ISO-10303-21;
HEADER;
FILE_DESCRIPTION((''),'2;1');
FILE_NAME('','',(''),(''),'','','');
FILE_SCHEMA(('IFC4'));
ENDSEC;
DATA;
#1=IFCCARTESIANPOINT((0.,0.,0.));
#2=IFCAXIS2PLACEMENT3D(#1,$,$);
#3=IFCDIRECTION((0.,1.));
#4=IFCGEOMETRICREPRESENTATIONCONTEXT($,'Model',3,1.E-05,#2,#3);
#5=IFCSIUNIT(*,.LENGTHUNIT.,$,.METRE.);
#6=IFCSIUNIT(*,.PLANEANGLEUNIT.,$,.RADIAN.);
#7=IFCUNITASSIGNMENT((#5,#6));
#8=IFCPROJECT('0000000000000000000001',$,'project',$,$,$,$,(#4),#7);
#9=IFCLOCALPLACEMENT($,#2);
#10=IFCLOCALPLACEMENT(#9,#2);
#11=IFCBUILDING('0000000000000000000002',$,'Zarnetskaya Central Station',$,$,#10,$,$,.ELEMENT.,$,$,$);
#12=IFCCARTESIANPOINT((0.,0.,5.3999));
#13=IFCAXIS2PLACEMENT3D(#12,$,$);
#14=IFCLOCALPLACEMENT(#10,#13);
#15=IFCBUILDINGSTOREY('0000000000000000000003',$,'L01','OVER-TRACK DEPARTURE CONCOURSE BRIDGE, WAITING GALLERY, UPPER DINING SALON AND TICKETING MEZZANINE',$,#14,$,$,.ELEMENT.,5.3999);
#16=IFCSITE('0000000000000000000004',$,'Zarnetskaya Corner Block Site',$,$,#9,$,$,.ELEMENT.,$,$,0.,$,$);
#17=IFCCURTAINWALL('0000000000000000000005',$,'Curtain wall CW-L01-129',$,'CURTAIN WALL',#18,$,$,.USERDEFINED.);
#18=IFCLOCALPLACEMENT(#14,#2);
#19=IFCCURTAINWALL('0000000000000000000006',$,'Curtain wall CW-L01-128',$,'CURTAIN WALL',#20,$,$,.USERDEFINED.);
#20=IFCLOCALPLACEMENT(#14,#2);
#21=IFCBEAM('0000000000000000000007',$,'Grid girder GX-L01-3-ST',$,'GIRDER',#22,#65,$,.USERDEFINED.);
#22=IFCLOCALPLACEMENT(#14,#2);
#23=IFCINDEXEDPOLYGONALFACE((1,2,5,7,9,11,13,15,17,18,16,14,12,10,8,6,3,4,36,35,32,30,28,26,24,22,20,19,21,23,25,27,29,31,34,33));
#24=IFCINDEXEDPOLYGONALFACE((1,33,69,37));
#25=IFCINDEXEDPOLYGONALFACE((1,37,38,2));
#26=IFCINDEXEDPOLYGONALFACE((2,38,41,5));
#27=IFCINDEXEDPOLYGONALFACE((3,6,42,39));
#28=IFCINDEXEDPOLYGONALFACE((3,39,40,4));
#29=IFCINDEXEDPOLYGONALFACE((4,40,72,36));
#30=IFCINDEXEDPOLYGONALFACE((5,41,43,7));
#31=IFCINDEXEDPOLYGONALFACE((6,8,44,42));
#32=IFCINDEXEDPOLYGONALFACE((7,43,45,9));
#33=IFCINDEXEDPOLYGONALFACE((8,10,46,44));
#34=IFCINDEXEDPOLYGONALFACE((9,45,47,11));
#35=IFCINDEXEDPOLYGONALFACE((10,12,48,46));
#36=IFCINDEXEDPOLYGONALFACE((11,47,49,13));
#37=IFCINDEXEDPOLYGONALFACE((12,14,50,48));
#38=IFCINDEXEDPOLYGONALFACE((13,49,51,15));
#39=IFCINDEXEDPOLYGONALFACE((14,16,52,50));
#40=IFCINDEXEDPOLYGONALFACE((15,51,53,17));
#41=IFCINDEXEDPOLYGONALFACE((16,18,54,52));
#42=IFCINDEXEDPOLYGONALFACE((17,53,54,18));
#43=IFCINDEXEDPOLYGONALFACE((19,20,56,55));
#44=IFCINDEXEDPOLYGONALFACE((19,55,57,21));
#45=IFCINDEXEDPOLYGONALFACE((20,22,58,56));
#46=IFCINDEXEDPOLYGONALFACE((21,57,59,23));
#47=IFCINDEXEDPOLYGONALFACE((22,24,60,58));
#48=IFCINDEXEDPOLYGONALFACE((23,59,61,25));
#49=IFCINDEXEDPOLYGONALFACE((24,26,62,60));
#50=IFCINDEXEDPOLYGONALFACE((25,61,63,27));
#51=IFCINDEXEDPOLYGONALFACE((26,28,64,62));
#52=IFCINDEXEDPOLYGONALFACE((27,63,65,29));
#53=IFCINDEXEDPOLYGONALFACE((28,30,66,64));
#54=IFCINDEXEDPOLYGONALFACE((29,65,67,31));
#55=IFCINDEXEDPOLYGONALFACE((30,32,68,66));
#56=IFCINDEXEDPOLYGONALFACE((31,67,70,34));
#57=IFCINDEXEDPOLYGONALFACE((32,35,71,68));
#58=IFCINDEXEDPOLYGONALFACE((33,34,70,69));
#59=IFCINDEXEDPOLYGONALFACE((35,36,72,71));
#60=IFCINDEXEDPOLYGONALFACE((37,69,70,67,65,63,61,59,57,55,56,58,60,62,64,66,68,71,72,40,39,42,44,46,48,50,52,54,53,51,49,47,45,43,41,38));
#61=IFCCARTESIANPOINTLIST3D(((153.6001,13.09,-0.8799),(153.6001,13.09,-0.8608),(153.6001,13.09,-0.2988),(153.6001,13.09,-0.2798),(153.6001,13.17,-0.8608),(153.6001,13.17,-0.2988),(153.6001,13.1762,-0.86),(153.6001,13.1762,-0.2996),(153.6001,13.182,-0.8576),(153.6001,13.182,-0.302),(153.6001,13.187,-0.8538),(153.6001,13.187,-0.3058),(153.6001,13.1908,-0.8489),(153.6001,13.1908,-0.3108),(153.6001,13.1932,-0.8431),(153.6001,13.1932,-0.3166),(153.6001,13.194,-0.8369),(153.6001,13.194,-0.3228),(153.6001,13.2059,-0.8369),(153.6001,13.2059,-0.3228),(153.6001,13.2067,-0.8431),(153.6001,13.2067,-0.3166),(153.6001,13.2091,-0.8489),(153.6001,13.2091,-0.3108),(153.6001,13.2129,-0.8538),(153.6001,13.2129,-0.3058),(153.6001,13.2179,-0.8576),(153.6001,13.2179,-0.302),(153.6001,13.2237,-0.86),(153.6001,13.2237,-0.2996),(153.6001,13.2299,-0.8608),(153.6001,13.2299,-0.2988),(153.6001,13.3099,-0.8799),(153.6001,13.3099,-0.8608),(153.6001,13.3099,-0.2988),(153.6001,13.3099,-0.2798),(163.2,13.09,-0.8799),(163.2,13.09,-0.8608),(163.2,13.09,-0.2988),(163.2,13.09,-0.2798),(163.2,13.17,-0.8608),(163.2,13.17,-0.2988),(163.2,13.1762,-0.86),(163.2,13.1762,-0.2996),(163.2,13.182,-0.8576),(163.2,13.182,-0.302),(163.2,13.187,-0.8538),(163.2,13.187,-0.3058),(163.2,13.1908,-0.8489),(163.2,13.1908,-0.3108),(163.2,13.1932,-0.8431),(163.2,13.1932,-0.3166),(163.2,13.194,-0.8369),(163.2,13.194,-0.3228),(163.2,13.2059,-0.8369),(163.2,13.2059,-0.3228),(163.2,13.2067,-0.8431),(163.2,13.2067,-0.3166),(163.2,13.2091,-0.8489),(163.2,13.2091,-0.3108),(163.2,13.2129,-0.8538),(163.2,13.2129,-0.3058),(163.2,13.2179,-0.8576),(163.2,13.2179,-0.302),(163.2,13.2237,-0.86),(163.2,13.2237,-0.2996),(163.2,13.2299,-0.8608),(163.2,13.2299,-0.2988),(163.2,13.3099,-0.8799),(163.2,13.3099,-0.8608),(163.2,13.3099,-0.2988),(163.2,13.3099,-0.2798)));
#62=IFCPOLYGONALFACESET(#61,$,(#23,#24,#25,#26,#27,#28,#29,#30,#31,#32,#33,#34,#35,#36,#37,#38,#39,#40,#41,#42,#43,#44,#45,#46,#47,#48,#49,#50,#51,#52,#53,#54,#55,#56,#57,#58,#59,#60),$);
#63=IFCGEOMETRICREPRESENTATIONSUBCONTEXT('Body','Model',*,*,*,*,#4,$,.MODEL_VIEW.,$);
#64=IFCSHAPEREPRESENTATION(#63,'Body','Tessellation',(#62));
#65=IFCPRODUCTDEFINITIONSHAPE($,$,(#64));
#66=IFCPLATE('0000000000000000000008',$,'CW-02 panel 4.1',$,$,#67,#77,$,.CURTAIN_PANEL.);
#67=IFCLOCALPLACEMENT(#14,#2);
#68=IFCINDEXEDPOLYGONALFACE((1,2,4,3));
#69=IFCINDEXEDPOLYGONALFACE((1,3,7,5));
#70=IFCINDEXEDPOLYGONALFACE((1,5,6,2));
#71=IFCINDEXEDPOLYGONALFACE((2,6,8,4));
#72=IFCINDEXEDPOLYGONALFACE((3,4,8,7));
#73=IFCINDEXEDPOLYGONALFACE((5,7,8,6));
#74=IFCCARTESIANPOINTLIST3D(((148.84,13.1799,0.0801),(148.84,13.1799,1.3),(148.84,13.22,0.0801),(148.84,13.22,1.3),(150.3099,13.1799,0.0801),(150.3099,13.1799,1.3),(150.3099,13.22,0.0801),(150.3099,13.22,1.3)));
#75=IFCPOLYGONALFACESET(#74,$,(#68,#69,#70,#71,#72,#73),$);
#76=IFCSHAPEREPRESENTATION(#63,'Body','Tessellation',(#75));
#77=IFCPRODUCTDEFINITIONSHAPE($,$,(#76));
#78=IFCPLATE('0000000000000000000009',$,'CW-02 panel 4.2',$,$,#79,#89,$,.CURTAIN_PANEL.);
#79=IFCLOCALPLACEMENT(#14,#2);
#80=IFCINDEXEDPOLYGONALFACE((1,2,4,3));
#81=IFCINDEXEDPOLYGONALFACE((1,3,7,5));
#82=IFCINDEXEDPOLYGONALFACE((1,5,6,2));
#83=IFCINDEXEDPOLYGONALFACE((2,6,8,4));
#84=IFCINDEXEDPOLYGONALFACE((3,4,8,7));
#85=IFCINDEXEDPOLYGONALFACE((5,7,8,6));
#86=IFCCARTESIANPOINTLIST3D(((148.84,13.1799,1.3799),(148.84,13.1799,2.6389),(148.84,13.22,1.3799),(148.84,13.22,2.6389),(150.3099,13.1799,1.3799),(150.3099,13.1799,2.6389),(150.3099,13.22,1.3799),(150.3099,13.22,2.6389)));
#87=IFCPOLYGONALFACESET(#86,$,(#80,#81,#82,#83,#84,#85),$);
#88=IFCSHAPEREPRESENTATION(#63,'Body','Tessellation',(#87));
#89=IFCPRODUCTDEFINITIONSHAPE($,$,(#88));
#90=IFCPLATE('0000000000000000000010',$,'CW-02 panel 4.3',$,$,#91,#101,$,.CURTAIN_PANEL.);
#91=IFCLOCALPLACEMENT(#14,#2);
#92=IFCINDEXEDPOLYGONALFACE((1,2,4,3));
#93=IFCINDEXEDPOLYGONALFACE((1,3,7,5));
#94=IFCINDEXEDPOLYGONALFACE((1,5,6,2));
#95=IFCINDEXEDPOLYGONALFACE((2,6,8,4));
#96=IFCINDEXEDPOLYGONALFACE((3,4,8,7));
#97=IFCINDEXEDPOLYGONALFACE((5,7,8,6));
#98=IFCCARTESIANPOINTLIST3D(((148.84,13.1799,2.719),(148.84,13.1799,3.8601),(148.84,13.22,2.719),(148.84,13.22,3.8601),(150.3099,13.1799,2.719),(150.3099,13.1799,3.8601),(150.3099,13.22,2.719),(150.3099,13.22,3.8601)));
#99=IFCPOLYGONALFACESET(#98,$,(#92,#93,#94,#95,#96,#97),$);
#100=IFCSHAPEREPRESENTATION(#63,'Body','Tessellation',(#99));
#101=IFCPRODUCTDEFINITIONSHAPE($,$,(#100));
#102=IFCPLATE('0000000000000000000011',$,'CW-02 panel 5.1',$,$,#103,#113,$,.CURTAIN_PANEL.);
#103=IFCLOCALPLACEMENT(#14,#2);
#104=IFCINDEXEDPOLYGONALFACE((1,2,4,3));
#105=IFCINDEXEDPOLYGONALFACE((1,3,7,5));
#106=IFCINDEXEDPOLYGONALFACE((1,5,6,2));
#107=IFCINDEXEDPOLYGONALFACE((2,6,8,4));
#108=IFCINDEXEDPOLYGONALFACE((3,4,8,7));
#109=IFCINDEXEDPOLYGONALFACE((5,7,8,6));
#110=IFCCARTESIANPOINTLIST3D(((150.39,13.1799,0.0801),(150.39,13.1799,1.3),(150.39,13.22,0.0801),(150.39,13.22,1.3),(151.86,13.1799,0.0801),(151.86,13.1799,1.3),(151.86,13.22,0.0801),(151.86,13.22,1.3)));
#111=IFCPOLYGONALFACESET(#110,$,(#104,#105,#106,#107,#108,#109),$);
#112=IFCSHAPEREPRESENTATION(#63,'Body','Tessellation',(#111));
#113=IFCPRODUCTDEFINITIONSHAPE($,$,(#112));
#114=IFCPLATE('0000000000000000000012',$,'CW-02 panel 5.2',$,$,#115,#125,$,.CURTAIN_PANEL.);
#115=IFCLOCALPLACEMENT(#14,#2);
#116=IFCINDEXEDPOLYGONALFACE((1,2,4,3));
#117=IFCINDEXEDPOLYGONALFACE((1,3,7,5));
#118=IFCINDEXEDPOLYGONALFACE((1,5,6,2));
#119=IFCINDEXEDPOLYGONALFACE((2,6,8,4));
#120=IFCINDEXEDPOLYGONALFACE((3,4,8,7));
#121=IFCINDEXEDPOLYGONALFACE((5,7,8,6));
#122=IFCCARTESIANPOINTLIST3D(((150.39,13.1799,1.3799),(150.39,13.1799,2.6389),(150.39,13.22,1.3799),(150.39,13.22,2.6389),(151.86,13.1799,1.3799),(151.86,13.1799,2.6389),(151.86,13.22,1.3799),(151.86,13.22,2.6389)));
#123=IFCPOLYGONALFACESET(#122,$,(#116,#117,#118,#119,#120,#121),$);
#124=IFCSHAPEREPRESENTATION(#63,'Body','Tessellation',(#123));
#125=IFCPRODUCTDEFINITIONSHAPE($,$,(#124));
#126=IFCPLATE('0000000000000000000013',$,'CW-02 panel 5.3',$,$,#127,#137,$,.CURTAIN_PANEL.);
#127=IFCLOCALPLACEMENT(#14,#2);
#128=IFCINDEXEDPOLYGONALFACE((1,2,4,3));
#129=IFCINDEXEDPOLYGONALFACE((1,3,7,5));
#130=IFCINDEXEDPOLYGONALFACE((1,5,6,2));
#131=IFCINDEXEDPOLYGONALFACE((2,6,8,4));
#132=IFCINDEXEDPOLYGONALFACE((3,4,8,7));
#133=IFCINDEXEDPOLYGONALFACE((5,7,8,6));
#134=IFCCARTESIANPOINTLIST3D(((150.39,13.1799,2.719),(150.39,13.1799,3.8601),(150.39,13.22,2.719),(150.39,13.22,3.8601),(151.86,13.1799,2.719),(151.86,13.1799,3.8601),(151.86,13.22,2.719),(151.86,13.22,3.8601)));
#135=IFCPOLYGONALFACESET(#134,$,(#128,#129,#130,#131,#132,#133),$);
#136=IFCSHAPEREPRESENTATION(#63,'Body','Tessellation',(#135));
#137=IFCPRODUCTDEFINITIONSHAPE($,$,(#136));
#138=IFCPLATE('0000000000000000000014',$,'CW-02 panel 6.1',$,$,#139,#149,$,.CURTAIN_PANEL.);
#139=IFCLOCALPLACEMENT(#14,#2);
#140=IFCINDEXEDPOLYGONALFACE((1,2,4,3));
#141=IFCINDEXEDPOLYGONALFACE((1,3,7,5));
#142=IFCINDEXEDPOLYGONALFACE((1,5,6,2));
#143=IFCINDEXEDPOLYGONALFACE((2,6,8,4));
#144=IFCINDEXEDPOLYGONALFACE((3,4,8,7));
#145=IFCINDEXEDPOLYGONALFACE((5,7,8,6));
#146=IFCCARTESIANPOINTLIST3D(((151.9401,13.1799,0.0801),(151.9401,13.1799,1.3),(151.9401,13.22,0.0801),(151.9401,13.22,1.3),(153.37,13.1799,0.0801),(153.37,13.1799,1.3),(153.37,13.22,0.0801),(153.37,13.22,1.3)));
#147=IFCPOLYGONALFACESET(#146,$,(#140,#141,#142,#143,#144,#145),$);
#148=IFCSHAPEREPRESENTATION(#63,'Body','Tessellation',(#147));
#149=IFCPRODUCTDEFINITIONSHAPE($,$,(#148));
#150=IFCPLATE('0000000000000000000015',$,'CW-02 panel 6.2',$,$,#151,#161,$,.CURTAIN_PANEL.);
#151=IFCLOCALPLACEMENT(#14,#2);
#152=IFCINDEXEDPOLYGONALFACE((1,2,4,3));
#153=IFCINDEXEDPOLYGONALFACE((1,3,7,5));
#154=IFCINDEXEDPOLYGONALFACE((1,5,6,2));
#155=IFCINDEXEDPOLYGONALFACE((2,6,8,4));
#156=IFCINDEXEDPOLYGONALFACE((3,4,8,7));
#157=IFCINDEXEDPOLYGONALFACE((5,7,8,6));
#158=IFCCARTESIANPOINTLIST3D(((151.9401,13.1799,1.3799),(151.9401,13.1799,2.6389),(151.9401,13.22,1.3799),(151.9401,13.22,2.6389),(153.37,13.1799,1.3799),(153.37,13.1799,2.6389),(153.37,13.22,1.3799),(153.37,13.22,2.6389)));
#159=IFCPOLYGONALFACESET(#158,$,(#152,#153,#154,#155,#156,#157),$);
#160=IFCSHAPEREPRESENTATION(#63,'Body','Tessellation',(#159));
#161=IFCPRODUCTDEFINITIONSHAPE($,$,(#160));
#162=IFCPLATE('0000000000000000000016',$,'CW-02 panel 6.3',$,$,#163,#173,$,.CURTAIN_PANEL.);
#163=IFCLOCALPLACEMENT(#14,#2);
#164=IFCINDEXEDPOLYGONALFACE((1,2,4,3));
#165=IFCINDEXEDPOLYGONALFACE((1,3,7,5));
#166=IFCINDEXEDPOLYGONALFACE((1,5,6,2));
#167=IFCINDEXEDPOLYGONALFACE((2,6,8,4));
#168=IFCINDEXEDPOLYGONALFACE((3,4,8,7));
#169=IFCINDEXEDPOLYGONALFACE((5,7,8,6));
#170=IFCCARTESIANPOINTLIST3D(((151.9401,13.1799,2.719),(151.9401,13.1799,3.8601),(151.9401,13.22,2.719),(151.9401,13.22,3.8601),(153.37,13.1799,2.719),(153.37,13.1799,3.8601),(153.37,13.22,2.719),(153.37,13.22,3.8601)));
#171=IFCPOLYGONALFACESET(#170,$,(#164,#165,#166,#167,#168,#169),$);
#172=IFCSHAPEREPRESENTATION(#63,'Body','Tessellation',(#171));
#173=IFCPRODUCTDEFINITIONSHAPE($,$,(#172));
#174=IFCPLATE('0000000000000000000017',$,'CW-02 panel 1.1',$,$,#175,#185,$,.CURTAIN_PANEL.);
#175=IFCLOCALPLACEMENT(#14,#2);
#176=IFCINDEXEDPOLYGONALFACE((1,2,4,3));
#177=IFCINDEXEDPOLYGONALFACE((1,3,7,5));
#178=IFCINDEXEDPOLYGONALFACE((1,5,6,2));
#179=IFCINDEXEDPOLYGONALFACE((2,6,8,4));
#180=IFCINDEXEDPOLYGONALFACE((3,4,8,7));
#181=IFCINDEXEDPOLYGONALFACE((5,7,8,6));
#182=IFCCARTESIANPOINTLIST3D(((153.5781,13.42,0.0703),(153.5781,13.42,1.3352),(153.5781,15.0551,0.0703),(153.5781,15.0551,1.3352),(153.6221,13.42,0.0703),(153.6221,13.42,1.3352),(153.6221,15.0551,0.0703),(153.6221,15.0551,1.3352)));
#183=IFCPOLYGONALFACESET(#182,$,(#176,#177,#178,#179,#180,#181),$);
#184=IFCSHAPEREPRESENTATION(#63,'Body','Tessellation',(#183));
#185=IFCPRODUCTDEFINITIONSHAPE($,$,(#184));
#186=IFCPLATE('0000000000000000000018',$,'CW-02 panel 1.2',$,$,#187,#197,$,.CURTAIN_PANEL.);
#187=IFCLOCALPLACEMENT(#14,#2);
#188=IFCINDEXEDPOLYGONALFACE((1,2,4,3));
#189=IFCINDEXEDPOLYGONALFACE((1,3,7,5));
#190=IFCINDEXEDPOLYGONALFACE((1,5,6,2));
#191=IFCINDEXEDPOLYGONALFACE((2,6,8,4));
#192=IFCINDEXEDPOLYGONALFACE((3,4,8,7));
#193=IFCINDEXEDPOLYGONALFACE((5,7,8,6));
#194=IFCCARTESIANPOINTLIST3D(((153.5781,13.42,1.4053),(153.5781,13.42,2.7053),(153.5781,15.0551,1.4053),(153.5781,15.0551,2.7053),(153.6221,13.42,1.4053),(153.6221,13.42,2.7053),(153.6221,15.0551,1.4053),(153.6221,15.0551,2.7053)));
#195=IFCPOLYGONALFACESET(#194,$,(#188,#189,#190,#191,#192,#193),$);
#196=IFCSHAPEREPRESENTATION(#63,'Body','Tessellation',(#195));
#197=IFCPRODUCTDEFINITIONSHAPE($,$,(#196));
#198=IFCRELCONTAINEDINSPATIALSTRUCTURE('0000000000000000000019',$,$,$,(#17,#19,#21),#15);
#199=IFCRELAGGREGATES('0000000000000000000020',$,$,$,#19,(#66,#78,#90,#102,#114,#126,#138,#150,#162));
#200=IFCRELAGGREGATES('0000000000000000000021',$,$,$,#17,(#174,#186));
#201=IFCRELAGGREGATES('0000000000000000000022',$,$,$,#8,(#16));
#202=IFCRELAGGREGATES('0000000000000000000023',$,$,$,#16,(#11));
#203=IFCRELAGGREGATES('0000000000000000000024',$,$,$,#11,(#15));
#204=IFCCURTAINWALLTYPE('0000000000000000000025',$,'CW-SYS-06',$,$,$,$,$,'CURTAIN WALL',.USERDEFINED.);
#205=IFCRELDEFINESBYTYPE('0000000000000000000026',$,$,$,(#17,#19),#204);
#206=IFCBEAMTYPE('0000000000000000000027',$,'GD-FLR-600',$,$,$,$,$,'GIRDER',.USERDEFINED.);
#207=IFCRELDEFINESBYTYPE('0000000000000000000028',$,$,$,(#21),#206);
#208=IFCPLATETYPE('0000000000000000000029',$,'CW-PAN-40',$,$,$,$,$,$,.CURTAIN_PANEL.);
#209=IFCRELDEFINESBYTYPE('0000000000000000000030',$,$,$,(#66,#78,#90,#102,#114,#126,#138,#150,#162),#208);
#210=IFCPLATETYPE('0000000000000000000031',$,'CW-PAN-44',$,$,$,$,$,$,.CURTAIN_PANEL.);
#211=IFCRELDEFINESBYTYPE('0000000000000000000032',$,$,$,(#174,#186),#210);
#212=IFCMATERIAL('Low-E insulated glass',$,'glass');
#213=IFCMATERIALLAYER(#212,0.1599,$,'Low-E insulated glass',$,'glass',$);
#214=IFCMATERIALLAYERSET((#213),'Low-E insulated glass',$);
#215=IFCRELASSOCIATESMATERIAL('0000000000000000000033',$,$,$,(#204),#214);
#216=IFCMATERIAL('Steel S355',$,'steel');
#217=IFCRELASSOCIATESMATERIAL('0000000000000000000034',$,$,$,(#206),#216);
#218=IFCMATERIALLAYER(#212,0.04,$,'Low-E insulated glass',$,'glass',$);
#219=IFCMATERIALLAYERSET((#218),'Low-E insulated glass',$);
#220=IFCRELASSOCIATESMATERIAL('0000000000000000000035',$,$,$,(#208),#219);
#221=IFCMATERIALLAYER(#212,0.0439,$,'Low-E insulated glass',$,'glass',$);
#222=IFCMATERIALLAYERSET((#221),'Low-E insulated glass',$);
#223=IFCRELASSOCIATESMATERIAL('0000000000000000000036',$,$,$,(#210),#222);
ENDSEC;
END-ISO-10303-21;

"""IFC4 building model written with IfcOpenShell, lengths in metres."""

from ifc_helpers import new_model, si_unit, direction, frame, origin, origin_2d, place, context, subcontext, project, spatial, rectangle, i_section, extrude, material, layer, layer_set, material_profile, profile_set, type_object, element, aggregate, save


model = new_model("IFC4")

# Units and contexts
model_context = context("Model", 3, precision=1e-05, world=origin(), true_north=direction((0.0, 1.0)))
body_context = subcontext(model_context, "Body", "Model", "MODEL_VIEW")
ifc_project = project(units=[si_unit("LENGTHUNIT", "METRE"), si_unit("PLANEANGLEUNIT", "RADIAN")], contexts=[model_context])

# Site, building, storey
site_placement = place(None, origin())
site = spatial("IfcSite", under=ifc_project, at=site_placement, Name="Zarnetskaya Corner Block Site", CompositionType="ELEMENT", RefElevation=0.0)
building_placement = place(site_placement, origin())
building = spatial("IfcBuilding", under=site, at=building_placement, Name="Zarnetskaya Central Station", CompositionType="ELEMENT")
storey_placement = place(building_placement, frame((0.0, 0.0, 5.3999)))
storey = spatial("IfcBuildingStorey", under=building, at=storey_placement, Name="L01", Description="OVER-TRACK DEPARTURE CONCOURSE BRIDGE, WAITING GALLERY, UPPER DINING SALON AND TICKETING MEZZANINE", CompositionType="ELEMENT", Elevation=5.3999)

# Shared definitions
ifc_material_1 = material(Name="Steel S355", Category="steel")

# Curtain walls
ifc_material_2 = material(Name="Low-E insulated glass", Category="glass")
ifc_layer_1 = layer(ifc_material_2, 0.1599, Name="Low-E insulated glass", Category="glass")
ifc_layer_set_1 = layer_set([ifc_layer_1], Name="Low-E insulated glass")
curtain_wall_type = type_object("IfcCurtainWallType", Name="CW-SYS-06", ElementType="CURTAIN WALL", PredefinedType="USERDEFINED", material=ifc_layer_set_1)
curtain_wall_1_placement = place(storey_placement, origin())
curtain_wall_1 = element("IfcCurtainWall", 1, at=curtain_wall_1_placement, inside=storey, type_object=curtain_wall_type, Name="Curtain wall CW-L01-129", ObjectType="CURTAIN WALL", PredefinedType="USERDEFINED")
curtain_wall_2_placement = place(storey_placement, origin())
curtain_wall_2 = element("IfcCurtainWall", 2, at=curtain_wall_2_placement, inside=storey, type_object=curtain_wall_type, Name="Curtain wall CW-L01-128", ObjectType="CURTAIN WALL", PredefinedType="USERDEFINED")

# Beam
ifc_material_profile_1 = material_profile(ifc_material_1, i_section(OverallWidth=0.22, OverallDepth=0.6001, WebThickness=0.012, FlangeThickness=0.019, FilletRadius=0.0239, at=origin_2d()), Name="IPE 600")
ifc_profile_set_1 = profile_set([ifc_material_profile_1], Name="Steel S355")
beam_type_1 = type_object("IfcBeamType", Name="GD-FLR-600", ElementType="GIRDER", PredefinedType="USERDEFINED", material=ifc_profile_set_1)
beam_1_placement = place(storey_placement, frame((153.6001, 13.2, -0.5798), z_axis=(1.0, 0.0, 0.0), x_axis=(0.0, 1.0, 0.0)))
element("IfcBeam", 3, at=beam_1_placement, inside=storey, type_object=beam_type_1, Name="Grid girder GX-L01-3-ST", ObjectType="GIRDER", PredefinedType="USERDEFINED", context=body_context, shape_type="SweptSolid", body=[
    extrude(i_section(OverallWidth=0.22, OverallDepth=0.6001, WebThickness=0.012, FlangeThickness=0.019, FilletRadius=0.0239, at=origin_2d()), origin(), (0.0, 0.0, 1.0), 9.5999),
])

# Plates
ifc_layer_2 = layer(ifc_material_2, 0.04, Name="Low-E insulated glass", Category="glass")
ifc_layer_set_2 = layer_set([ifc_layer_2], Name="Low-E insulated glass")
plate_type_1 = type_object("IfcPlateType", Name="CW-PAN-40", PredefinedType="CURTAIN_PANEL", material=ifc_layer_set_2)
plate_1_placement = place(storey_placement, frame((149.575, 13.2, 0.0801), z_axis=(0.0, 0.0, 1.0), x_axis=(1.0, 0.0, 0.0)))
plate_1 = element("IfcPlate", 4, at=plate_1_placement, type_object=plate_type_1, Name="CW-02 panel 4.1", PredefinedType="CURTAIN_PANEL", context=body_context, shape_type="SweptSolid", body=[
    extrude(rectangle(XDim=1.47, YDim=0.04, at=origin_2d()), origin(), (0.0, 0.0, 1.0), 1.22),
])
plate_2_placement = place(storey_placement, frame((149.575, 13.2, 1.3799), z_axis=(0.0, 0.0, 1.0), x_axis=(1.0, 0.0, 0.0)))
plate_2 = element("IfcPlate", 5, at=plate_2_placement, type_object=plate_type_1, Name="CW-02 panel 4.2", PredefinedType="CURTAIN_PANEL", context=body_context, shape_type="SweptSolid", body=[
    extrude(rectangle(XDim=1.47, YDim=0.04, at=origin_2d()), origin(), (0.0, 0.0, 1.0), 1.259),
])
plate_3_placement = place(storey_placement, frame((149.575, 13.2, 2.719), z_axis=(0.0, 0.0, 1.0), x_axis=(1.0, 0.0, 0.0)))
plate_3 = element("IfcPlate", 6, at=plate_3_placement, type_object=plate_type_1, Name="CW-02 panel 4.3", PredefinedType="CURTAIN_PANEL", context=body_context, shape_type="SweptSolid", body=[
    extrude(rectangle(XDim=1.47, YDim=0.04, at=origin_2d()), origin(), (0.0, 0.0, 1.0), 1.1411),
])
plate_4_placement = place(storey_placement, frame((151.125, 13.2, 0.0801), z_axis=(0.0, 0.0, 1.0), x_axis=(1.0, 0.0, 0.0)))
plate_4 = element("IfcPlate", 7, at=plate_4_placement, type_object=plate_type_1, Name="CW-02 panel 5.1", PredefinedType="CURTAIN_PANEL", context=body_context, shape_type="SweptSolid", body=[
    extrude(rectangle(XDim=1.47, YDim=0.04, at=origin_2d()), origin(), (0.0, 0.0, 1.0), 1.22),
])
plate_5_placement = place(storey_placement, frame((151.125, 13.2, 1.3799), z_axis=(0.0, 0.0, 1.0), x_axis=(1.0, 0.0, 0.0)))
plate_5 = element("IfcPlate", 8, at=plate_5_placement, type_object=plate_type_1, Name="CW-02 panel 5.2", PredefinedType="CURTAIN_PANEL", context=body_context, shape_type="SweptSolid", body=[
    extrude(rectangle(XDim=1.47, YDim=0.04, at=origin_2d()), origin(), (0.0, 0.0, 1.0), 1.259),
])
plate_6_placement = place(storey_placement, frame((151.125, 13.2, 2.719), z_axis=(0.0, 0.0, 1.0), x_axis=(1.0, 0.0, 0.0)))
plate_6 = element("IfcPlate", 9, at=plate_6_placement, type_object=plate_type_1, Name="CW-02 panel 5.3", PredefinedType="CURTAIN_PANEL", context=body_context, shape_type="SweptSolid", body=[
    extrude(rectangle(XDim=1.47, YDim=0.04, at=origin_2d()), origin(), (0.0, 0.0, 1.0), 1.1411),
])
plate_7_placement = place(storey_placement, frame((152.655, 13.2, 0.0801), z_axis=(0.0, 0.0, 1.0), x_axis=(1.0, 0.0, 0.0)))
plate_7 = element("IfcPlate", 10, at=plate_7_placement, type_object=plate_type_1, Name="CW-02 panel 6.1", PredefinedType="CURTAIN_PANEL", context=body_context, shape_type="SweptSolid", body=[
    extrude(rectangle(XDim=1.4299, YDim=0.04, at=origin_2d()), origin(), (0.0, 0.0, 1.0), 1.22),
])
plate_8_placement = place(storey_placement, frame((152.655, 13.2, 1.3799), z_axis=(0.0, 0.0, 1.0), x_axis=(1.0, 0.0, 0.0)))
plate_8 = element("IfcPlate", 11, at=plate_8_placement, type_object=plate_type_1, Name="CW-02 panel 6.2", PredefinedType="CURTAIN_PANEL", context=body_context, shape_type="SweptSolid", body=[
    extrude(rectangle(XDim=1.4299, YDim=0.04, at=origin_2d()), origin(), (0.0, 0.0, 1.0), 1.259),
])
plate_9_placement = place(storey_placement, frame((152.655, 13.2, 2.719), z_axis=(0.0, 0.0, 1.0), x_axis=(1.0, 0.0, 0.0)))
plate_9 = element("IfcPlate", 12, at=plate_9_placement, type_object=plate_type_1, Name="CW-02 panel 6.3", PredefinedType="CURTAIN_PANEL", context=body_context, shape_type="SweptSolid", body=[
    extrude(rectangle(XDim=1.4299, YDim=0.04, at=origin_2d()), origin(), (0.0, 0.0, 1.0), 1.1411),
])
aggregate(curtain_wall_2, [plate_1, plate_2, plate_3, plate_4, plate_5, plate_6, plate_7, plate_8, plate_9])
ifc_layer_3 = layer(ifc_material_2, 0.0439, Name="Low-E insulated glass", Category="glass")
ifc_layer_set_3 = layer_set([ifc_layer_3], Name="Low-E insulated glass")
plate_type_2 = type_object("IfcPlateType", Name="CW-PAN-44", PredefinedType="CURTAIN_PANEL", material=ifc_layer_set_3)
plate_10_placement = place(storey_placement, frame((153.6001, 14.2375, 0.0703), z_axis=(0.0, 0.0, 1.0), x_axis=(0.0, 1.0, 0.0)))
plate_10 = element("IfcPlate", 13, at=plate_10_placement, type_object=plate_type_2, Name="CW-02 panel 1.1", PredefinedType="CURTAIN_PANEL", context=body_context, shape_type="SweptSolid", body=[
    extrude(rectangle(XDim=1.635, YDim=0.0439, at=origin_2d()), origin(), (0.0, 0.0, 1.0), 1.2649),
])
plate_11_placement = place(storey_placement, frame((153.6001, 14.2375, 1.4053), z_axis=(0.0, 0.0, 1.0), x_axis=(0.0, 1.0, 0.0)))
plate_11 = element("IfcPlate", 14, at=plate_11_placement, type_object=plate_type_2, Name="CW-02 panel 1.2", PredefinedType="CURTAIN_PANEL", context=body_context, shape_type="SweptSolid", body=[
    extrude(rectangle(XDim=1.635, YDim=0.0439, at=origin_2d()), origin(), (0.0, 0.0, 1.0), 1.3),
])
aggregate(curtain_wall_1, [plate_10, plate_11])

save(model, "model.ifc")
